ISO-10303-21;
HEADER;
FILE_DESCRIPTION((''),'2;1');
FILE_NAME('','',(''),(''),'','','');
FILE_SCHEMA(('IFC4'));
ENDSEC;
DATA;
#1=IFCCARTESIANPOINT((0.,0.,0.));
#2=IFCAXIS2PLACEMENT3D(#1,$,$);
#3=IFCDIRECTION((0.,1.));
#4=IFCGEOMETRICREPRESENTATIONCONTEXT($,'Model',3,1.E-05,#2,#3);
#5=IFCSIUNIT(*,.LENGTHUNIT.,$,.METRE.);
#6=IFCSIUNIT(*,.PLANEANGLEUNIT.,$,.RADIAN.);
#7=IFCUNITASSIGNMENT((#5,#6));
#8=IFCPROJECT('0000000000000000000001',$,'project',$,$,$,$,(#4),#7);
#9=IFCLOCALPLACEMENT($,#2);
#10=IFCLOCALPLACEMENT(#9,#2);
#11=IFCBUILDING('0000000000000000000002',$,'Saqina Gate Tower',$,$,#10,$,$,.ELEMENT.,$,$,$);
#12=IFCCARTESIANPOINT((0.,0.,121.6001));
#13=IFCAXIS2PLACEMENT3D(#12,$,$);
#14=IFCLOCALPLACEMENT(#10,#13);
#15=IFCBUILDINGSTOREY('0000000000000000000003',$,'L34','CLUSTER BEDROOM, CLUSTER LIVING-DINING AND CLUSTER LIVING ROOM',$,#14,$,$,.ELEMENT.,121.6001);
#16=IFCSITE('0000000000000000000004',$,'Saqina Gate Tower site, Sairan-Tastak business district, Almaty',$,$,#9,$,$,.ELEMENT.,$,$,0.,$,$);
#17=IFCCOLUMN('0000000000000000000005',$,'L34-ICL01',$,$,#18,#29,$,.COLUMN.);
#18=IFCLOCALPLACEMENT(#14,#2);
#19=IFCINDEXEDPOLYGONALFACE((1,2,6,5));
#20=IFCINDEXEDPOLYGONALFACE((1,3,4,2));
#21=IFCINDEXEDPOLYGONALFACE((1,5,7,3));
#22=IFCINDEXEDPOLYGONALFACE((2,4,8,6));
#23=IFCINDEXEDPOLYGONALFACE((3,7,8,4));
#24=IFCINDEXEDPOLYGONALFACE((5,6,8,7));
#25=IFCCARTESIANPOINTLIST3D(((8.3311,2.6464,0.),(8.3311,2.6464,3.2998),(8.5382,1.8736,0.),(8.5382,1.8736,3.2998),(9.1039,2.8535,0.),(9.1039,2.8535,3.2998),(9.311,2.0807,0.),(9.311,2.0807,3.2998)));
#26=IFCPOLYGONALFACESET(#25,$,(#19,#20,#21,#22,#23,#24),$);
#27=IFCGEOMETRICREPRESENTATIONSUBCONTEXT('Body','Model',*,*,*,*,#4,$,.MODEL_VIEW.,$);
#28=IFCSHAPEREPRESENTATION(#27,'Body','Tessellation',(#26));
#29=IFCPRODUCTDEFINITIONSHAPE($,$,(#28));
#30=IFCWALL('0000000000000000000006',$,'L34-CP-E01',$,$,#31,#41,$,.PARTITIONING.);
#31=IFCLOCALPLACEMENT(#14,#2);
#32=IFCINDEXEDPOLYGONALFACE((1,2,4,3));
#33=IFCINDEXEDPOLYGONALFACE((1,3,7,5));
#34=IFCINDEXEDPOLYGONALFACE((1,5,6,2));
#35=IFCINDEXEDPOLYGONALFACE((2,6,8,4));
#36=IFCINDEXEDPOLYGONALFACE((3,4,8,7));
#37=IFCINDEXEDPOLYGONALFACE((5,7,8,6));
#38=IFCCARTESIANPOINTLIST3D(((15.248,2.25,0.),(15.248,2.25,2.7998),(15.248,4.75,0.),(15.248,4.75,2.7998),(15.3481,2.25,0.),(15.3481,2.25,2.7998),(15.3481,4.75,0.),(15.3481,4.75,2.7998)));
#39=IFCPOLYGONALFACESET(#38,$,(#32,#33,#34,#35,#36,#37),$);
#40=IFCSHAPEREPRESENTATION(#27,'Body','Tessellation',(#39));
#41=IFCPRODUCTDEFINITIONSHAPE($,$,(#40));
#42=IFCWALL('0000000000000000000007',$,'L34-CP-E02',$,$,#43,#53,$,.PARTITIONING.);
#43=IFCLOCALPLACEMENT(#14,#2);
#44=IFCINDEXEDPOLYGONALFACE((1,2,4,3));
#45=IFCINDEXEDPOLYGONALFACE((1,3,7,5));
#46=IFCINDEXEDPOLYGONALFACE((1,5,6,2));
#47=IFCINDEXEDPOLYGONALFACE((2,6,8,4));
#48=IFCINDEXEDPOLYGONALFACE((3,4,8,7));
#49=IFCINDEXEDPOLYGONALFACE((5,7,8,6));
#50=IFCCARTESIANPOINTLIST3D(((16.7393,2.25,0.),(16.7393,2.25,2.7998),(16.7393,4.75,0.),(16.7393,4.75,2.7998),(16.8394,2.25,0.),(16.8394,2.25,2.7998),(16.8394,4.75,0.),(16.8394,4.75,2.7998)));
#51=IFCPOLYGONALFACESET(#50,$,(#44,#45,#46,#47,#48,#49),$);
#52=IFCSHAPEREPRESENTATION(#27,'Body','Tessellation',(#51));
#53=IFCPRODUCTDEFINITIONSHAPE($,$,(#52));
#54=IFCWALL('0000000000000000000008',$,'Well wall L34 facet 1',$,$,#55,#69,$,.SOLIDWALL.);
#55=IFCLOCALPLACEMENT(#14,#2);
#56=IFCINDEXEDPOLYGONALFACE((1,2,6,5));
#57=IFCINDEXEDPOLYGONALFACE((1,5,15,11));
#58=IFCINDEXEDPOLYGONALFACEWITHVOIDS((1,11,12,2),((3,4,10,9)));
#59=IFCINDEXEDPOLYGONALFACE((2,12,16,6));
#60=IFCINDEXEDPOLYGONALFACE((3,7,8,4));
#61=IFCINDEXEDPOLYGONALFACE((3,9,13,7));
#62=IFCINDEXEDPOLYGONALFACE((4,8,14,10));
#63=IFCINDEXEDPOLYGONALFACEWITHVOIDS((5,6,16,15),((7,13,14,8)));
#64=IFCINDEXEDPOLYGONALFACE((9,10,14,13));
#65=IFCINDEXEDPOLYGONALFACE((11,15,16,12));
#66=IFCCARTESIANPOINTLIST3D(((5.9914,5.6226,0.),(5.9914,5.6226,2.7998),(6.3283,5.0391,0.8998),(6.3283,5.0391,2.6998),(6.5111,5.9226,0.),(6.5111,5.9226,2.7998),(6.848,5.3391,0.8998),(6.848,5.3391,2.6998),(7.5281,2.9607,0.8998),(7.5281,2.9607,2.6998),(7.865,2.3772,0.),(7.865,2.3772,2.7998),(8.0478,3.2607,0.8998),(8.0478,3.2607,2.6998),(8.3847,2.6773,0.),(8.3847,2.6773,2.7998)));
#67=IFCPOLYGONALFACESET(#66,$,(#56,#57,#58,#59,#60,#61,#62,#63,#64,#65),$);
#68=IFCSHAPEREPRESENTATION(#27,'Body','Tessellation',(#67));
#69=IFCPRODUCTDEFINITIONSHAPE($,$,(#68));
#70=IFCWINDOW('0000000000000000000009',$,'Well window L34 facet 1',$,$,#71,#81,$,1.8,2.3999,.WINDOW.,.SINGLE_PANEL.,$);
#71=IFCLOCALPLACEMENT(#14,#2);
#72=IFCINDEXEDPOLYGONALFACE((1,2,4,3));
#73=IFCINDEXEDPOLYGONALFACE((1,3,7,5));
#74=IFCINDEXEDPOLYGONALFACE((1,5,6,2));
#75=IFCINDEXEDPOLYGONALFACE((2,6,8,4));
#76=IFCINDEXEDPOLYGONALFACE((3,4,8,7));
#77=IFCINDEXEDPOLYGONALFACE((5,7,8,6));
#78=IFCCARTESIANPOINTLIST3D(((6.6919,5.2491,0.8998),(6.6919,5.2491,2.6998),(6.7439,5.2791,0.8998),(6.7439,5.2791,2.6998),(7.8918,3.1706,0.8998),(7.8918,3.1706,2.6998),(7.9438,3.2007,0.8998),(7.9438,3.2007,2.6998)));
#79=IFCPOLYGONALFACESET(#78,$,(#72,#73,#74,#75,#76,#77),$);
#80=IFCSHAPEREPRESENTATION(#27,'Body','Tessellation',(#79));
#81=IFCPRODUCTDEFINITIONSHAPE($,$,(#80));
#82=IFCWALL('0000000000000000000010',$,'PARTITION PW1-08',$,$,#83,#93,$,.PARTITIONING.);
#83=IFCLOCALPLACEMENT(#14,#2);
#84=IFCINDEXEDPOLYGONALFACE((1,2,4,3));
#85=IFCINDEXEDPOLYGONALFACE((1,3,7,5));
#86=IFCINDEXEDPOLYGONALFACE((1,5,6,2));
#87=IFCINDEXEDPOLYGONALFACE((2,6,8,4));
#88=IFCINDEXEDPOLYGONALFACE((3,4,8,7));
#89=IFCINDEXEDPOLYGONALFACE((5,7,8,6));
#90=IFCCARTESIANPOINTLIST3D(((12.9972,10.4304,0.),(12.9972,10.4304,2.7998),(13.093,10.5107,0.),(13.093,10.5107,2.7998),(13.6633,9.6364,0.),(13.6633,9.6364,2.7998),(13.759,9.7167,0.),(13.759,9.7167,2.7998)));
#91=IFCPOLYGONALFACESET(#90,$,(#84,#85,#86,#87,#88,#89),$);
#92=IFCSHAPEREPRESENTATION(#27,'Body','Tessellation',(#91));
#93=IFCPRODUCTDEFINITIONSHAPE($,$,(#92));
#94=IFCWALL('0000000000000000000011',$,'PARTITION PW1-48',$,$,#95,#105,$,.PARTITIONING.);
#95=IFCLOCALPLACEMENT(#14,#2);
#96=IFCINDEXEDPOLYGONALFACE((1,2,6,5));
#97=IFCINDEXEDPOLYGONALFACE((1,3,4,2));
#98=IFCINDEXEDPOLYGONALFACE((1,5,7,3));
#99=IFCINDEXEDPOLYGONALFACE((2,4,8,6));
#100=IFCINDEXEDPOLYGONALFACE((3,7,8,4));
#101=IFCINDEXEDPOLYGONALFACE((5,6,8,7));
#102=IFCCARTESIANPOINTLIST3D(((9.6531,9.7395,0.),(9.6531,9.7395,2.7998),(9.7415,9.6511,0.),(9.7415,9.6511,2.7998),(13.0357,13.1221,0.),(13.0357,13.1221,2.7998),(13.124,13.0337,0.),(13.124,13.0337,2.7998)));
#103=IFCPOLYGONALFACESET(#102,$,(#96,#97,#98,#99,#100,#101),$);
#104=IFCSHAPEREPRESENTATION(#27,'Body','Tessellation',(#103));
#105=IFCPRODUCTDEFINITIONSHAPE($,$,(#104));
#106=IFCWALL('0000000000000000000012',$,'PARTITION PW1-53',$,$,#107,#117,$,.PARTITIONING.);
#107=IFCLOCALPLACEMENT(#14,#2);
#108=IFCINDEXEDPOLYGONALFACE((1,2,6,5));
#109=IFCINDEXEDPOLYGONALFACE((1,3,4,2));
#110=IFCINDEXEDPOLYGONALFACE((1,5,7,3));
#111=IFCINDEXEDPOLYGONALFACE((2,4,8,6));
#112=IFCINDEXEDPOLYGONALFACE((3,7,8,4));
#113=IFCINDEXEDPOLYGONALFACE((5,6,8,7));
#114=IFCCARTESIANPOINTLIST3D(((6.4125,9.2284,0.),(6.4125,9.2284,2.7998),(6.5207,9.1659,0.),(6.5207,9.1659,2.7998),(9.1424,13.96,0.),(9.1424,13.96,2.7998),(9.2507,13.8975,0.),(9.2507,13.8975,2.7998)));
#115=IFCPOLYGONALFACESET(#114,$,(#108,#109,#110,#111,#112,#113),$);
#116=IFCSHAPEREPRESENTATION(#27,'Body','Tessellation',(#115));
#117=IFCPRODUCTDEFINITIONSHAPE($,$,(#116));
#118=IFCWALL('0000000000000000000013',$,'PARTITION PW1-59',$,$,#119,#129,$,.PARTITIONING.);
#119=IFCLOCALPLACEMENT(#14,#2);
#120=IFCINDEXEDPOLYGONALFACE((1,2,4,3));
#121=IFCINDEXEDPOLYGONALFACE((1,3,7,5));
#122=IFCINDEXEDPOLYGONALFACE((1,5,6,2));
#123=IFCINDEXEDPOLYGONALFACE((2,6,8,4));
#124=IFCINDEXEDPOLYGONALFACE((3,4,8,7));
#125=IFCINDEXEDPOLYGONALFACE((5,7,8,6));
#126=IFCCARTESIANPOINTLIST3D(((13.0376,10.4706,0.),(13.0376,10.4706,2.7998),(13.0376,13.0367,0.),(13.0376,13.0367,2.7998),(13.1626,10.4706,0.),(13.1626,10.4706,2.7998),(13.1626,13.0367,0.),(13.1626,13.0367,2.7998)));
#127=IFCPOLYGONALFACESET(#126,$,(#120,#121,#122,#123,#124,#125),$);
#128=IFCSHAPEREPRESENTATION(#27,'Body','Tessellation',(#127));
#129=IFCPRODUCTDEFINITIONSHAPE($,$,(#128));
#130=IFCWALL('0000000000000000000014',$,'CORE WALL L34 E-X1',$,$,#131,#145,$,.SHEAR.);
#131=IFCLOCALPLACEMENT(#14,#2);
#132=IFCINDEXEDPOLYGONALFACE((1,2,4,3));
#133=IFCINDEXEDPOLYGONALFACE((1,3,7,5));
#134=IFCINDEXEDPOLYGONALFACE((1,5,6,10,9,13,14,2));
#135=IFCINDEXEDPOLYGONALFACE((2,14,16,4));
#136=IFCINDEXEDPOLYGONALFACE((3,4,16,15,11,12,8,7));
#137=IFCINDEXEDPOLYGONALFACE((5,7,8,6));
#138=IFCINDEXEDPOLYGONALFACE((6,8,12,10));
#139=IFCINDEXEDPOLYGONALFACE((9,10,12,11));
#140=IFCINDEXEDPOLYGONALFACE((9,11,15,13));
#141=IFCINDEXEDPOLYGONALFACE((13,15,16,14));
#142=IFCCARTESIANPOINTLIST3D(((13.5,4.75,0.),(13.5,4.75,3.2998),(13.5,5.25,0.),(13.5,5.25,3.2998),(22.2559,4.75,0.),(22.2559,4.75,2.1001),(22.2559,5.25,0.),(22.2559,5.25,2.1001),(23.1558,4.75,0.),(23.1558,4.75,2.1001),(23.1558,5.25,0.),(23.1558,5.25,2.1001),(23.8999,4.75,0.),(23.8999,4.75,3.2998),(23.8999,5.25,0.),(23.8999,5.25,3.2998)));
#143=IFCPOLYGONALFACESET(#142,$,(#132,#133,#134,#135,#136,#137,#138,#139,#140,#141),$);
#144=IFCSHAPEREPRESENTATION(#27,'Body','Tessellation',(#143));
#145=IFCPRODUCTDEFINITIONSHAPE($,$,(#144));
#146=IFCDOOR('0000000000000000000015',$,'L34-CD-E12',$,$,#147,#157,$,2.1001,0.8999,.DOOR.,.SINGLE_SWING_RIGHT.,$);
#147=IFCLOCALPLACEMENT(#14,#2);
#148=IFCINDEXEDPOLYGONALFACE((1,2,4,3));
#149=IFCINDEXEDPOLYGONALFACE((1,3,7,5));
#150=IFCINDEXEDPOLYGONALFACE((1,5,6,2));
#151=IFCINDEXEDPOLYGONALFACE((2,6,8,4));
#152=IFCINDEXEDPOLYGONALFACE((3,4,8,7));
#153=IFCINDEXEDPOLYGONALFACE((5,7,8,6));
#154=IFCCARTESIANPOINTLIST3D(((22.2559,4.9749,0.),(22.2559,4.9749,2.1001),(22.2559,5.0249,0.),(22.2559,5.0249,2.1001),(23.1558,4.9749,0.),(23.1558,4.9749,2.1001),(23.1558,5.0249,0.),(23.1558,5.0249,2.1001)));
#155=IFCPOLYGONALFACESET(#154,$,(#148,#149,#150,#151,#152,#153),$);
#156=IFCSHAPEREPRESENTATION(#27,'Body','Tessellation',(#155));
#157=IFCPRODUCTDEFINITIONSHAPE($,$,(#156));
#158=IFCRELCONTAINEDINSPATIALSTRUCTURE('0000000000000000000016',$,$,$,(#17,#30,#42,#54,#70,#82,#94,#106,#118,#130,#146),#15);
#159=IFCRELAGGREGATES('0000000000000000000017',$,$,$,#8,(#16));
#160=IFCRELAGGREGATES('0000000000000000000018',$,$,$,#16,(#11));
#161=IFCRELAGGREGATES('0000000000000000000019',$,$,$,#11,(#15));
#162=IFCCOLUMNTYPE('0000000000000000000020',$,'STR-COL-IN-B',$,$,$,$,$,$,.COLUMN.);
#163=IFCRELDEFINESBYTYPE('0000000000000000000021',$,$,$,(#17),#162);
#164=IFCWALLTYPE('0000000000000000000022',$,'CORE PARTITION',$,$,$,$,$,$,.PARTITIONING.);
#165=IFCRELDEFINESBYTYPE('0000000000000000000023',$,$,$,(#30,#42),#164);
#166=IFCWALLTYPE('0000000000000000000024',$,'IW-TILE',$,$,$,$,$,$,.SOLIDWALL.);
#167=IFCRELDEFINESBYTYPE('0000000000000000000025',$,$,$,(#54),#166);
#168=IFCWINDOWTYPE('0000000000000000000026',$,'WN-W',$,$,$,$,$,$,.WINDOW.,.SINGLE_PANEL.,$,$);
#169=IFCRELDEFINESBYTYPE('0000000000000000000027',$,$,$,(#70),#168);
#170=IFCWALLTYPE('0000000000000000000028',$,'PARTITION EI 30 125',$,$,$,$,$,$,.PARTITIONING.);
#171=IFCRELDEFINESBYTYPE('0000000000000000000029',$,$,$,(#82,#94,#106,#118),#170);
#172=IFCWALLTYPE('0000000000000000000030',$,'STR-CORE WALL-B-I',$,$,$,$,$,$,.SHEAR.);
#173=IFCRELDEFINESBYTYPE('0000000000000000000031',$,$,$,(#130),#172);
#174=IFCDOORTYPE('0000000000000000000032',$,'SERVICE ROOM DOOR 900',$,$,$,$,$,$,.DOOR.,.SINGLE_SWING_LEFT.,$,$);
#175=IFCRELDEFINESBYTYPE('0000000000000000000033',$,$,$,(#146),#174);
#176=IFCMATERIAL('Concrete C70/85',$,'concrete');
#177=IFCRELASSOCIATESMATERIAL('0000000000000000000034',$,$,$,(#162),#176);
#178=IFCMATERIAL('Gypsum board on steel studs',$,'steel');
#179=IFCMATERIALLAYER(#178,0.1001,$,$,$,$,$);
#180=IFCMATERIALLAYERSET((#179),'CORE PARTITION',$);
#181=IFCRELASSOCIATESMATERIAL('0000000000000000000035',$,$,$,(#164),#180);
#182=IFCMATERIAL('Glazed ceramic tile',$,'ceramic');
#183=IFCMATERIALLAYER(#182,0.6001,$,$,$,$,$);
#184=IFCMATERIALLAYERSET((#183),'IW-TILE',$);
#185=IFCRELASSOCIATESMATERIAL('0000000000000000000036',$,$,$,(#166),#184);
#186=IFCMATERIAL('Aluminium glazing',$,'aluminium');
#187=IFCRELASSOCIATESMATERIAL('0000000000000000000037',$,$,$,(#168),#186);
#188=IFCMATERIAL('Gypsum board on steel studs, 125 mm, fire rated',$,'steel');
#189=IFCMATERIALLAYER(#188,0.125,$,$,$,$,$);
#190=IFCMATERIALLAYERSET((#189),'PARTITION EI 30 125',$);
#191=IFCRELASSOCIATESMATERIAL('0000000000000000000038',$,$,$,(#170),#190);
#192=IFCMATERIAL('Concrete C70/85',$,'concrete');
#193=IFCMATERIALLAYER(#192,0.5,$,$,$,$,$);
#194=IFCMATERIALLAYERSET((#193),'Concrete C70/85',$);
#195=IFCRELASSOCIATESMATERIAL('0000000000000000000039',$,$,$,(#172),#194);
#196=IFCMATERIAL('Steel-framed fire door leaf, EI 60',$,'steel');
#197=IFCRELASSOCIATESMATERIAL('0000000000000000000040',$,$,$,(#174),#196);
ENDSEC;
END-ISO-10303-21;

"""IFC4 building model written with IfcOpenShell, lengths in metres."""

from ifc_helpers import new_model, si_unit, direction, frame, frame_2d, origin, origin_2d, place, context, subcontext, project, spatial, rectangle, extrude, material, layer, layer_set, material_profile, profile_set, type_object, element, fill, save


model = new_model("IFC4")

# Units and contexts
model_context = context("Model", 3, precision=1e-05, world=origin(), true_north=direction((0.0, 1.0)))
body_context = subcontext(model_context, "Body", "Model", "MODEL_VIEW")
ifc_project = project(units=[si_unit("LENGTHUNIT", "METRE"), si_unit("PLANEANGLEUNIT", "RADIAN")], contexts=[model_context])

# Site, building, storey
site_placement = place(None, origin())
site = spatial("IfcSite", under=ifc_project, at=site_placement, Name="Saqina Gate Tower site, Sairan-Tastak business district, Almaty", CompositionType="ELEMENT", RefElevation=0.0)
building_placement = place(site_placement, origin())
building = spatial("IfcBuilding", under=site, at=building_placement, Name="Saqina Gate Tower", CompositionType="ELEMENT")
storey_placement = place(building_placement, frame((0.0, 0.0, 121.6001)))
storey = spatial("IfcBuildingStorey", under=building, at=storey_placement, Name="L34", Description="CLUSTER BEDROOM, CLUSTER LIVING-DINING AND CLUSTER LIVING ROOM", CompositionType="ELEMENT", Elevation=121.6001)

# Column
ifc_material_1 = material(Name="Concrete C70/85", Category="concrete")
ifc_material_profile = material_profile(ifc_material_1, rectangle(XDim=0.8, YDim=0.8, at=origin_2d()), Name="RC 800x800")
ifc_profile_set = profile_set([ifc_material_profile], Name="Concrete C70/85")
column_type = type_object("IfcColumnType", Name="STR-COL-IN-B", PredefinedType="COLUMN", material=ifc_profile_set)
column_placement = place(storey_placement, frame((8.821, 2.3635, 0.0), z_axis=(0.0, 0.0, 1.0), x_axis=(0.965926, 0.258819, 0.0)))
element("IfcColumn", 1, at=column_placement, inside=storey, type_object=column_type, Name="L34-ICL01", PredefinedType="COLUMN", context=body_context, shape_type="SweptSolid", body=[
    extrude(rectangle(XDim=0.8, YDim=0.8, at=origin_2d()), origin(), (0.0, 0.0, 1.0), 3.2998),
])

# Walls
ifc_material_2 = material(Name="Gypsum board on steel studs", Category="steel")
ifc_layer_1 = layer(ifc_material_2, 0.1001)
ifc_layer_set_1 = layer_set([ifc_layer_1], Name="CORE PARTITION")
wall_type_1 = type_object("IfcWallType", Name="CORE PARTITION", PredefinedType="PARTITIONING", material=ifc_layer_set_1)
for number, where, z_axis, x_axis, name in (
    (2, (15.2981, 2.25, 0.0), (0.0, 0.0, 1.0), (0.0, 1.0, 0.0), "L34-CP-E01"),
    (3, (16.7893, 2.25, 0.0), (0.0, 0.0, 1.0), (0.0, 1.0, 0.0), "L34-CP-E02"),
):
    element("IfcWall", number, at=place(storey_placement, frame(where, z_axis=z_axis, x_axis=x_axis)), inside=storey, type_object=wall_type_1, Name=name, PredefinedType="PARTITIONING", context=body_context, shape_type="SweptSolid", body=[
        extrude(rectangle(XDim=2.5, YDim=0.1001, at=frame_2d((1.25, 0.0))), origin(), (0.0, 0.0, 1.0), 2.7998),
    ])

# Wall, opening, window
ifc_material_3 = material(Name="Glazed ceramic tile", Category="ceramic")
ifc_layer_2 = layer(ifc_material_3, 0.6001)
ifc_layer_set_2 = layer_set([ifc_layer_2], Name="IW-TILE")
wall_type_2 = type_object("IfcWallType", Name="IW-TILE", PredefinedType="SOLIDWALL", material=ifc_layer_set_2)
wall_1_placement = place(storey_placement, frame((8.1248, 2.5273, 0.0), z_axis=(0.0, 0.0, 1.0), x_axis=(-0.499965, 0.866046, 0.0)))
wall_1 = element("IfcWall", 4, at=wall_1_placement, inside=storey, type_object=wall_type_2, Name="Well wall L34 facet 1", PredefinedType="SOLIDWALL", context=body_context, shape_type="SweptSolid", body=[
    extrude(rectangle(XDim=3.7473, YDim=0.6001, at=frame_2d((1.8735, 0.0))), origin(), (0.0, 0.0, 1.0), 2.7998),
])
opening_1_placement = place(wall_1_placement, frame((0.6736, 0.0, 0.8999)))
opening_1 = element("IfcOpeningElement", 5, at=opening_1_placement, cuts=wall_1, PredefinedType="OPENING", context=body_context, shape_type="SweptSolid", body=[
    extrude(rectangle(XDim=2.3999, YDim=1.8, at=frame_2d((1.2, 0.8999))), frame((0.0, 0.312, 0.0), z_axis=(0.0, -1.0, 0.0), x_axis=(1.0, 0.0, 0.0)), (0.0, 0.0, 1.0), 0.624),
])
ifc_material_4 = material(Name="Aluminium glazing", Category="aluminium")
window_type = type_object("IfcWindowType", Name="WN-W", PartitioningType="SINGLE_PANEL", PredefinedType="WINDOW", material=ifc_material_4)
window_placement = place(opening_1_placement, origin())
window = element("IfcWindow", 6, at=window_placement, inside=storey, type_object=window_type, Name="Well window L34 facet 1", OverallHeight=1.8, OverallWidth=2.3999, PartitioningType="SINGLE_PANEL", PredefinedType="WINDOW", context=body_context, shape_type="SweptSolid", body=[
    extrude(rectangle(XDim=2.3999, YDim=1.8, at=frame_2d((1.2, 0.8999))), frame((0.0, -0.1199, 0.0), z_axis=(0.0, -1.0, 0.0), x_axis=(1.0, 0.0, 0.0)), (0.0, 0.0, 1.0), 0.0601),
])
fill(opening_1, window)

# Walls
ifc_material_5 = material(Name="Gypsum board on steel studs, 125 mm, fire rated", Category="steel")
ifc_layer_3 = layer(ifc_material_5, 0.125)
ifc_layer_set_3 = layer_set([ifc_layer_3], Name="PARTITION EI 30 125")
wall_type_3 = type_object("IfcWallType", Name="PARTITION EI 30 125", PredefinedType="PARTITIONING", material=ifc_layer_set_3)
wall_2_placement = place(storey_placement, frame((13.0452, 10.4705, 0.0), z_axis=(0.0, 0.0, 1.0), x_axis=(0.642684, -0.766132, 0.0)))
element("IfcWall", 7, at=wall_2_placement, inside=storey, type_object=wall_type_3, Name="PARTITION PW1-08", PredefinedType="PARTITIONING", context=body_context, shape_type="SweptSolid", body=[
    extrude(rectangle(XDim=1.0364, YDim=0.125, at=frame_2d((0.5181, 0.0))), origin(), (0.0, 0.0, 1.0), 2.7998),
])
wall_3_placement = place(storey_placement, frame((9.6973, 9.6953, 0.0), z_axis=(0.0, 0.0, 1.0), x_axis=(0.707107, 0.707107, 0.0)))
element("IfcWall", 8, at=wall_3_placement, inside=storey, type_object=wall_type_3, Name="PARTITION PW1-48", PredefinedType="PARTITIONING", context=body_context, shape_type="SweptSolid", body=[
    extrude(rectangle(XDim=4.7837, YDim=0.125, at=frame_2d((2.3918, 0.0))), origin(), (0.0, 0.0, 1.0), 2.7998),
])
wall_4_placement = place(storey_placement, frame((6.4666, 9.197, 0.0), z_axis=(0.0, 0.0, 1.0), x_axis=(0.499744, 0.866173, 0.0)))
element("IfcWall", 9, at=wall_4_placement, inside=storey, type_object=wall_type_3, Name="PARTITION PW1-53", PredefinedType="PARTITIONING", context=body_context, shape_type="SweptSolid", body=[
    extrude(rectangle(XDim=5.4626, YDim=0.125, at=frame_2d((2.7314, 0.0))), origin(), (0.0, 0.0, 1.0), 2.7998),
])
wall_5_placement = place(storey_placement, frame((13.1001, 10.4705, 0.0), z_axis=(0.0, 0.0, 1.0), x_axis=(0.0, 1.0, 0.0)))
element("IfcWall", 10, at=wall_5_placement, inside=storey, type_object=wall_type_3, Name="PARTITION PW1-59", PredefinedType="PARTITIONING", context=body_context, shape_type="SweptSolid", body=[
    extrude(rectangle(XDim=2.5662, YDim=0.125, at=frame_2d((1.2832, 0.0))), origin(), (0.0, 0.0, 1.0), 2.7998),
])

# Wall, opening, door
ifc_material_6 = material(Name="Concrete C70/85", Category="concrete")
ifc_layer_4 = layer(ifc_material_6, 0.5)
ifc_layer_set_4 = layer_set([ifc_layer_4], Name="Concrete C70/85")
wall_type_4 = type_object("IfcWallType", Name="STR-CORE WALL-B-I", PredefinedType="SHEAR", material=ifc_layer_set_4)
wall_6_placement = place(storey_placement, frame((13.5, 5.0, 0.0), z_axis=(0.0, 0.0, 1.0), x_axis=(1.0, 0.0, 0.0)))
wall_6 = element("IfcWall", 11, at=wall_6_placement, inside=storey, type_object=wall_type_4, Name="CORE WALL L34 E-X1", PredefinedType="SHEAR", context=body_context, shape_type="SweptSolid", body=[
    extrude(rectangle(XDim=10.3999, YDim=0.5, at=frame_2d((5.2, 0.0))), origin(), (0.0, 0.0, 1.0), 3.2998),
])
opening_2_placement = place(wall_6_placement, frame((8.7559, 0.0, 0.0)))
opening_2 = element("IfcOpeningElement", 12, at=opening_2_placement, cuts=wall_6, PredefinedType="OPENING", context=body_context, shape_type="SweptSolid", body=[
    extrude(rectangle(XDim=0.8999, YDim=2.1001, at=frame_2d((0.45, 1.05))), frame((0.0, 0.262, 0.0), z_axis=(0.0, -1.0, 0.0), x_axis=(1.0, 0.0, 0.0)), (0.0, 0.0, 1.0), 0.5239),
])
ifc_material_7 = material(Name="Steel-framed fire door leaf, EI 60", Category="steel")
door_type_1 = type_object("IfcDoorType", Name="SERVICE ROOM DOOR 900", OperationType="SINGLE_SWING_LEFT", PredefinedType="DOOR", material=ifc_material_7)
door_1_placement = place(opening_2_placement, origin())
door_1 = element("IfcDoor", 13, at=door_1_placement, inside=storey, type_object=door_type_1, Name="L34-CD-E12", OperationType="SINGLE_SWING_RIGHT", OverallHeight=2.1001, OverallWidth=0.8999, PredefinedType="DOOR", context=body_context, shape_type="SweptSolid", body=[
    extrude(rectangle(XDim=0.8999, YDim=2.1001, at=frame_2d((0.45, 1.05))), frame((0.0, 0.0249, 0.0), z_axis=(0.0, -1.0, 0.0), x_axis=(1.0, 0.0, 0.0)), (0.0, 0.0, 1.0), 0.05),
])
fill(opening_2, door_1)

save(model, "model.ifc")
